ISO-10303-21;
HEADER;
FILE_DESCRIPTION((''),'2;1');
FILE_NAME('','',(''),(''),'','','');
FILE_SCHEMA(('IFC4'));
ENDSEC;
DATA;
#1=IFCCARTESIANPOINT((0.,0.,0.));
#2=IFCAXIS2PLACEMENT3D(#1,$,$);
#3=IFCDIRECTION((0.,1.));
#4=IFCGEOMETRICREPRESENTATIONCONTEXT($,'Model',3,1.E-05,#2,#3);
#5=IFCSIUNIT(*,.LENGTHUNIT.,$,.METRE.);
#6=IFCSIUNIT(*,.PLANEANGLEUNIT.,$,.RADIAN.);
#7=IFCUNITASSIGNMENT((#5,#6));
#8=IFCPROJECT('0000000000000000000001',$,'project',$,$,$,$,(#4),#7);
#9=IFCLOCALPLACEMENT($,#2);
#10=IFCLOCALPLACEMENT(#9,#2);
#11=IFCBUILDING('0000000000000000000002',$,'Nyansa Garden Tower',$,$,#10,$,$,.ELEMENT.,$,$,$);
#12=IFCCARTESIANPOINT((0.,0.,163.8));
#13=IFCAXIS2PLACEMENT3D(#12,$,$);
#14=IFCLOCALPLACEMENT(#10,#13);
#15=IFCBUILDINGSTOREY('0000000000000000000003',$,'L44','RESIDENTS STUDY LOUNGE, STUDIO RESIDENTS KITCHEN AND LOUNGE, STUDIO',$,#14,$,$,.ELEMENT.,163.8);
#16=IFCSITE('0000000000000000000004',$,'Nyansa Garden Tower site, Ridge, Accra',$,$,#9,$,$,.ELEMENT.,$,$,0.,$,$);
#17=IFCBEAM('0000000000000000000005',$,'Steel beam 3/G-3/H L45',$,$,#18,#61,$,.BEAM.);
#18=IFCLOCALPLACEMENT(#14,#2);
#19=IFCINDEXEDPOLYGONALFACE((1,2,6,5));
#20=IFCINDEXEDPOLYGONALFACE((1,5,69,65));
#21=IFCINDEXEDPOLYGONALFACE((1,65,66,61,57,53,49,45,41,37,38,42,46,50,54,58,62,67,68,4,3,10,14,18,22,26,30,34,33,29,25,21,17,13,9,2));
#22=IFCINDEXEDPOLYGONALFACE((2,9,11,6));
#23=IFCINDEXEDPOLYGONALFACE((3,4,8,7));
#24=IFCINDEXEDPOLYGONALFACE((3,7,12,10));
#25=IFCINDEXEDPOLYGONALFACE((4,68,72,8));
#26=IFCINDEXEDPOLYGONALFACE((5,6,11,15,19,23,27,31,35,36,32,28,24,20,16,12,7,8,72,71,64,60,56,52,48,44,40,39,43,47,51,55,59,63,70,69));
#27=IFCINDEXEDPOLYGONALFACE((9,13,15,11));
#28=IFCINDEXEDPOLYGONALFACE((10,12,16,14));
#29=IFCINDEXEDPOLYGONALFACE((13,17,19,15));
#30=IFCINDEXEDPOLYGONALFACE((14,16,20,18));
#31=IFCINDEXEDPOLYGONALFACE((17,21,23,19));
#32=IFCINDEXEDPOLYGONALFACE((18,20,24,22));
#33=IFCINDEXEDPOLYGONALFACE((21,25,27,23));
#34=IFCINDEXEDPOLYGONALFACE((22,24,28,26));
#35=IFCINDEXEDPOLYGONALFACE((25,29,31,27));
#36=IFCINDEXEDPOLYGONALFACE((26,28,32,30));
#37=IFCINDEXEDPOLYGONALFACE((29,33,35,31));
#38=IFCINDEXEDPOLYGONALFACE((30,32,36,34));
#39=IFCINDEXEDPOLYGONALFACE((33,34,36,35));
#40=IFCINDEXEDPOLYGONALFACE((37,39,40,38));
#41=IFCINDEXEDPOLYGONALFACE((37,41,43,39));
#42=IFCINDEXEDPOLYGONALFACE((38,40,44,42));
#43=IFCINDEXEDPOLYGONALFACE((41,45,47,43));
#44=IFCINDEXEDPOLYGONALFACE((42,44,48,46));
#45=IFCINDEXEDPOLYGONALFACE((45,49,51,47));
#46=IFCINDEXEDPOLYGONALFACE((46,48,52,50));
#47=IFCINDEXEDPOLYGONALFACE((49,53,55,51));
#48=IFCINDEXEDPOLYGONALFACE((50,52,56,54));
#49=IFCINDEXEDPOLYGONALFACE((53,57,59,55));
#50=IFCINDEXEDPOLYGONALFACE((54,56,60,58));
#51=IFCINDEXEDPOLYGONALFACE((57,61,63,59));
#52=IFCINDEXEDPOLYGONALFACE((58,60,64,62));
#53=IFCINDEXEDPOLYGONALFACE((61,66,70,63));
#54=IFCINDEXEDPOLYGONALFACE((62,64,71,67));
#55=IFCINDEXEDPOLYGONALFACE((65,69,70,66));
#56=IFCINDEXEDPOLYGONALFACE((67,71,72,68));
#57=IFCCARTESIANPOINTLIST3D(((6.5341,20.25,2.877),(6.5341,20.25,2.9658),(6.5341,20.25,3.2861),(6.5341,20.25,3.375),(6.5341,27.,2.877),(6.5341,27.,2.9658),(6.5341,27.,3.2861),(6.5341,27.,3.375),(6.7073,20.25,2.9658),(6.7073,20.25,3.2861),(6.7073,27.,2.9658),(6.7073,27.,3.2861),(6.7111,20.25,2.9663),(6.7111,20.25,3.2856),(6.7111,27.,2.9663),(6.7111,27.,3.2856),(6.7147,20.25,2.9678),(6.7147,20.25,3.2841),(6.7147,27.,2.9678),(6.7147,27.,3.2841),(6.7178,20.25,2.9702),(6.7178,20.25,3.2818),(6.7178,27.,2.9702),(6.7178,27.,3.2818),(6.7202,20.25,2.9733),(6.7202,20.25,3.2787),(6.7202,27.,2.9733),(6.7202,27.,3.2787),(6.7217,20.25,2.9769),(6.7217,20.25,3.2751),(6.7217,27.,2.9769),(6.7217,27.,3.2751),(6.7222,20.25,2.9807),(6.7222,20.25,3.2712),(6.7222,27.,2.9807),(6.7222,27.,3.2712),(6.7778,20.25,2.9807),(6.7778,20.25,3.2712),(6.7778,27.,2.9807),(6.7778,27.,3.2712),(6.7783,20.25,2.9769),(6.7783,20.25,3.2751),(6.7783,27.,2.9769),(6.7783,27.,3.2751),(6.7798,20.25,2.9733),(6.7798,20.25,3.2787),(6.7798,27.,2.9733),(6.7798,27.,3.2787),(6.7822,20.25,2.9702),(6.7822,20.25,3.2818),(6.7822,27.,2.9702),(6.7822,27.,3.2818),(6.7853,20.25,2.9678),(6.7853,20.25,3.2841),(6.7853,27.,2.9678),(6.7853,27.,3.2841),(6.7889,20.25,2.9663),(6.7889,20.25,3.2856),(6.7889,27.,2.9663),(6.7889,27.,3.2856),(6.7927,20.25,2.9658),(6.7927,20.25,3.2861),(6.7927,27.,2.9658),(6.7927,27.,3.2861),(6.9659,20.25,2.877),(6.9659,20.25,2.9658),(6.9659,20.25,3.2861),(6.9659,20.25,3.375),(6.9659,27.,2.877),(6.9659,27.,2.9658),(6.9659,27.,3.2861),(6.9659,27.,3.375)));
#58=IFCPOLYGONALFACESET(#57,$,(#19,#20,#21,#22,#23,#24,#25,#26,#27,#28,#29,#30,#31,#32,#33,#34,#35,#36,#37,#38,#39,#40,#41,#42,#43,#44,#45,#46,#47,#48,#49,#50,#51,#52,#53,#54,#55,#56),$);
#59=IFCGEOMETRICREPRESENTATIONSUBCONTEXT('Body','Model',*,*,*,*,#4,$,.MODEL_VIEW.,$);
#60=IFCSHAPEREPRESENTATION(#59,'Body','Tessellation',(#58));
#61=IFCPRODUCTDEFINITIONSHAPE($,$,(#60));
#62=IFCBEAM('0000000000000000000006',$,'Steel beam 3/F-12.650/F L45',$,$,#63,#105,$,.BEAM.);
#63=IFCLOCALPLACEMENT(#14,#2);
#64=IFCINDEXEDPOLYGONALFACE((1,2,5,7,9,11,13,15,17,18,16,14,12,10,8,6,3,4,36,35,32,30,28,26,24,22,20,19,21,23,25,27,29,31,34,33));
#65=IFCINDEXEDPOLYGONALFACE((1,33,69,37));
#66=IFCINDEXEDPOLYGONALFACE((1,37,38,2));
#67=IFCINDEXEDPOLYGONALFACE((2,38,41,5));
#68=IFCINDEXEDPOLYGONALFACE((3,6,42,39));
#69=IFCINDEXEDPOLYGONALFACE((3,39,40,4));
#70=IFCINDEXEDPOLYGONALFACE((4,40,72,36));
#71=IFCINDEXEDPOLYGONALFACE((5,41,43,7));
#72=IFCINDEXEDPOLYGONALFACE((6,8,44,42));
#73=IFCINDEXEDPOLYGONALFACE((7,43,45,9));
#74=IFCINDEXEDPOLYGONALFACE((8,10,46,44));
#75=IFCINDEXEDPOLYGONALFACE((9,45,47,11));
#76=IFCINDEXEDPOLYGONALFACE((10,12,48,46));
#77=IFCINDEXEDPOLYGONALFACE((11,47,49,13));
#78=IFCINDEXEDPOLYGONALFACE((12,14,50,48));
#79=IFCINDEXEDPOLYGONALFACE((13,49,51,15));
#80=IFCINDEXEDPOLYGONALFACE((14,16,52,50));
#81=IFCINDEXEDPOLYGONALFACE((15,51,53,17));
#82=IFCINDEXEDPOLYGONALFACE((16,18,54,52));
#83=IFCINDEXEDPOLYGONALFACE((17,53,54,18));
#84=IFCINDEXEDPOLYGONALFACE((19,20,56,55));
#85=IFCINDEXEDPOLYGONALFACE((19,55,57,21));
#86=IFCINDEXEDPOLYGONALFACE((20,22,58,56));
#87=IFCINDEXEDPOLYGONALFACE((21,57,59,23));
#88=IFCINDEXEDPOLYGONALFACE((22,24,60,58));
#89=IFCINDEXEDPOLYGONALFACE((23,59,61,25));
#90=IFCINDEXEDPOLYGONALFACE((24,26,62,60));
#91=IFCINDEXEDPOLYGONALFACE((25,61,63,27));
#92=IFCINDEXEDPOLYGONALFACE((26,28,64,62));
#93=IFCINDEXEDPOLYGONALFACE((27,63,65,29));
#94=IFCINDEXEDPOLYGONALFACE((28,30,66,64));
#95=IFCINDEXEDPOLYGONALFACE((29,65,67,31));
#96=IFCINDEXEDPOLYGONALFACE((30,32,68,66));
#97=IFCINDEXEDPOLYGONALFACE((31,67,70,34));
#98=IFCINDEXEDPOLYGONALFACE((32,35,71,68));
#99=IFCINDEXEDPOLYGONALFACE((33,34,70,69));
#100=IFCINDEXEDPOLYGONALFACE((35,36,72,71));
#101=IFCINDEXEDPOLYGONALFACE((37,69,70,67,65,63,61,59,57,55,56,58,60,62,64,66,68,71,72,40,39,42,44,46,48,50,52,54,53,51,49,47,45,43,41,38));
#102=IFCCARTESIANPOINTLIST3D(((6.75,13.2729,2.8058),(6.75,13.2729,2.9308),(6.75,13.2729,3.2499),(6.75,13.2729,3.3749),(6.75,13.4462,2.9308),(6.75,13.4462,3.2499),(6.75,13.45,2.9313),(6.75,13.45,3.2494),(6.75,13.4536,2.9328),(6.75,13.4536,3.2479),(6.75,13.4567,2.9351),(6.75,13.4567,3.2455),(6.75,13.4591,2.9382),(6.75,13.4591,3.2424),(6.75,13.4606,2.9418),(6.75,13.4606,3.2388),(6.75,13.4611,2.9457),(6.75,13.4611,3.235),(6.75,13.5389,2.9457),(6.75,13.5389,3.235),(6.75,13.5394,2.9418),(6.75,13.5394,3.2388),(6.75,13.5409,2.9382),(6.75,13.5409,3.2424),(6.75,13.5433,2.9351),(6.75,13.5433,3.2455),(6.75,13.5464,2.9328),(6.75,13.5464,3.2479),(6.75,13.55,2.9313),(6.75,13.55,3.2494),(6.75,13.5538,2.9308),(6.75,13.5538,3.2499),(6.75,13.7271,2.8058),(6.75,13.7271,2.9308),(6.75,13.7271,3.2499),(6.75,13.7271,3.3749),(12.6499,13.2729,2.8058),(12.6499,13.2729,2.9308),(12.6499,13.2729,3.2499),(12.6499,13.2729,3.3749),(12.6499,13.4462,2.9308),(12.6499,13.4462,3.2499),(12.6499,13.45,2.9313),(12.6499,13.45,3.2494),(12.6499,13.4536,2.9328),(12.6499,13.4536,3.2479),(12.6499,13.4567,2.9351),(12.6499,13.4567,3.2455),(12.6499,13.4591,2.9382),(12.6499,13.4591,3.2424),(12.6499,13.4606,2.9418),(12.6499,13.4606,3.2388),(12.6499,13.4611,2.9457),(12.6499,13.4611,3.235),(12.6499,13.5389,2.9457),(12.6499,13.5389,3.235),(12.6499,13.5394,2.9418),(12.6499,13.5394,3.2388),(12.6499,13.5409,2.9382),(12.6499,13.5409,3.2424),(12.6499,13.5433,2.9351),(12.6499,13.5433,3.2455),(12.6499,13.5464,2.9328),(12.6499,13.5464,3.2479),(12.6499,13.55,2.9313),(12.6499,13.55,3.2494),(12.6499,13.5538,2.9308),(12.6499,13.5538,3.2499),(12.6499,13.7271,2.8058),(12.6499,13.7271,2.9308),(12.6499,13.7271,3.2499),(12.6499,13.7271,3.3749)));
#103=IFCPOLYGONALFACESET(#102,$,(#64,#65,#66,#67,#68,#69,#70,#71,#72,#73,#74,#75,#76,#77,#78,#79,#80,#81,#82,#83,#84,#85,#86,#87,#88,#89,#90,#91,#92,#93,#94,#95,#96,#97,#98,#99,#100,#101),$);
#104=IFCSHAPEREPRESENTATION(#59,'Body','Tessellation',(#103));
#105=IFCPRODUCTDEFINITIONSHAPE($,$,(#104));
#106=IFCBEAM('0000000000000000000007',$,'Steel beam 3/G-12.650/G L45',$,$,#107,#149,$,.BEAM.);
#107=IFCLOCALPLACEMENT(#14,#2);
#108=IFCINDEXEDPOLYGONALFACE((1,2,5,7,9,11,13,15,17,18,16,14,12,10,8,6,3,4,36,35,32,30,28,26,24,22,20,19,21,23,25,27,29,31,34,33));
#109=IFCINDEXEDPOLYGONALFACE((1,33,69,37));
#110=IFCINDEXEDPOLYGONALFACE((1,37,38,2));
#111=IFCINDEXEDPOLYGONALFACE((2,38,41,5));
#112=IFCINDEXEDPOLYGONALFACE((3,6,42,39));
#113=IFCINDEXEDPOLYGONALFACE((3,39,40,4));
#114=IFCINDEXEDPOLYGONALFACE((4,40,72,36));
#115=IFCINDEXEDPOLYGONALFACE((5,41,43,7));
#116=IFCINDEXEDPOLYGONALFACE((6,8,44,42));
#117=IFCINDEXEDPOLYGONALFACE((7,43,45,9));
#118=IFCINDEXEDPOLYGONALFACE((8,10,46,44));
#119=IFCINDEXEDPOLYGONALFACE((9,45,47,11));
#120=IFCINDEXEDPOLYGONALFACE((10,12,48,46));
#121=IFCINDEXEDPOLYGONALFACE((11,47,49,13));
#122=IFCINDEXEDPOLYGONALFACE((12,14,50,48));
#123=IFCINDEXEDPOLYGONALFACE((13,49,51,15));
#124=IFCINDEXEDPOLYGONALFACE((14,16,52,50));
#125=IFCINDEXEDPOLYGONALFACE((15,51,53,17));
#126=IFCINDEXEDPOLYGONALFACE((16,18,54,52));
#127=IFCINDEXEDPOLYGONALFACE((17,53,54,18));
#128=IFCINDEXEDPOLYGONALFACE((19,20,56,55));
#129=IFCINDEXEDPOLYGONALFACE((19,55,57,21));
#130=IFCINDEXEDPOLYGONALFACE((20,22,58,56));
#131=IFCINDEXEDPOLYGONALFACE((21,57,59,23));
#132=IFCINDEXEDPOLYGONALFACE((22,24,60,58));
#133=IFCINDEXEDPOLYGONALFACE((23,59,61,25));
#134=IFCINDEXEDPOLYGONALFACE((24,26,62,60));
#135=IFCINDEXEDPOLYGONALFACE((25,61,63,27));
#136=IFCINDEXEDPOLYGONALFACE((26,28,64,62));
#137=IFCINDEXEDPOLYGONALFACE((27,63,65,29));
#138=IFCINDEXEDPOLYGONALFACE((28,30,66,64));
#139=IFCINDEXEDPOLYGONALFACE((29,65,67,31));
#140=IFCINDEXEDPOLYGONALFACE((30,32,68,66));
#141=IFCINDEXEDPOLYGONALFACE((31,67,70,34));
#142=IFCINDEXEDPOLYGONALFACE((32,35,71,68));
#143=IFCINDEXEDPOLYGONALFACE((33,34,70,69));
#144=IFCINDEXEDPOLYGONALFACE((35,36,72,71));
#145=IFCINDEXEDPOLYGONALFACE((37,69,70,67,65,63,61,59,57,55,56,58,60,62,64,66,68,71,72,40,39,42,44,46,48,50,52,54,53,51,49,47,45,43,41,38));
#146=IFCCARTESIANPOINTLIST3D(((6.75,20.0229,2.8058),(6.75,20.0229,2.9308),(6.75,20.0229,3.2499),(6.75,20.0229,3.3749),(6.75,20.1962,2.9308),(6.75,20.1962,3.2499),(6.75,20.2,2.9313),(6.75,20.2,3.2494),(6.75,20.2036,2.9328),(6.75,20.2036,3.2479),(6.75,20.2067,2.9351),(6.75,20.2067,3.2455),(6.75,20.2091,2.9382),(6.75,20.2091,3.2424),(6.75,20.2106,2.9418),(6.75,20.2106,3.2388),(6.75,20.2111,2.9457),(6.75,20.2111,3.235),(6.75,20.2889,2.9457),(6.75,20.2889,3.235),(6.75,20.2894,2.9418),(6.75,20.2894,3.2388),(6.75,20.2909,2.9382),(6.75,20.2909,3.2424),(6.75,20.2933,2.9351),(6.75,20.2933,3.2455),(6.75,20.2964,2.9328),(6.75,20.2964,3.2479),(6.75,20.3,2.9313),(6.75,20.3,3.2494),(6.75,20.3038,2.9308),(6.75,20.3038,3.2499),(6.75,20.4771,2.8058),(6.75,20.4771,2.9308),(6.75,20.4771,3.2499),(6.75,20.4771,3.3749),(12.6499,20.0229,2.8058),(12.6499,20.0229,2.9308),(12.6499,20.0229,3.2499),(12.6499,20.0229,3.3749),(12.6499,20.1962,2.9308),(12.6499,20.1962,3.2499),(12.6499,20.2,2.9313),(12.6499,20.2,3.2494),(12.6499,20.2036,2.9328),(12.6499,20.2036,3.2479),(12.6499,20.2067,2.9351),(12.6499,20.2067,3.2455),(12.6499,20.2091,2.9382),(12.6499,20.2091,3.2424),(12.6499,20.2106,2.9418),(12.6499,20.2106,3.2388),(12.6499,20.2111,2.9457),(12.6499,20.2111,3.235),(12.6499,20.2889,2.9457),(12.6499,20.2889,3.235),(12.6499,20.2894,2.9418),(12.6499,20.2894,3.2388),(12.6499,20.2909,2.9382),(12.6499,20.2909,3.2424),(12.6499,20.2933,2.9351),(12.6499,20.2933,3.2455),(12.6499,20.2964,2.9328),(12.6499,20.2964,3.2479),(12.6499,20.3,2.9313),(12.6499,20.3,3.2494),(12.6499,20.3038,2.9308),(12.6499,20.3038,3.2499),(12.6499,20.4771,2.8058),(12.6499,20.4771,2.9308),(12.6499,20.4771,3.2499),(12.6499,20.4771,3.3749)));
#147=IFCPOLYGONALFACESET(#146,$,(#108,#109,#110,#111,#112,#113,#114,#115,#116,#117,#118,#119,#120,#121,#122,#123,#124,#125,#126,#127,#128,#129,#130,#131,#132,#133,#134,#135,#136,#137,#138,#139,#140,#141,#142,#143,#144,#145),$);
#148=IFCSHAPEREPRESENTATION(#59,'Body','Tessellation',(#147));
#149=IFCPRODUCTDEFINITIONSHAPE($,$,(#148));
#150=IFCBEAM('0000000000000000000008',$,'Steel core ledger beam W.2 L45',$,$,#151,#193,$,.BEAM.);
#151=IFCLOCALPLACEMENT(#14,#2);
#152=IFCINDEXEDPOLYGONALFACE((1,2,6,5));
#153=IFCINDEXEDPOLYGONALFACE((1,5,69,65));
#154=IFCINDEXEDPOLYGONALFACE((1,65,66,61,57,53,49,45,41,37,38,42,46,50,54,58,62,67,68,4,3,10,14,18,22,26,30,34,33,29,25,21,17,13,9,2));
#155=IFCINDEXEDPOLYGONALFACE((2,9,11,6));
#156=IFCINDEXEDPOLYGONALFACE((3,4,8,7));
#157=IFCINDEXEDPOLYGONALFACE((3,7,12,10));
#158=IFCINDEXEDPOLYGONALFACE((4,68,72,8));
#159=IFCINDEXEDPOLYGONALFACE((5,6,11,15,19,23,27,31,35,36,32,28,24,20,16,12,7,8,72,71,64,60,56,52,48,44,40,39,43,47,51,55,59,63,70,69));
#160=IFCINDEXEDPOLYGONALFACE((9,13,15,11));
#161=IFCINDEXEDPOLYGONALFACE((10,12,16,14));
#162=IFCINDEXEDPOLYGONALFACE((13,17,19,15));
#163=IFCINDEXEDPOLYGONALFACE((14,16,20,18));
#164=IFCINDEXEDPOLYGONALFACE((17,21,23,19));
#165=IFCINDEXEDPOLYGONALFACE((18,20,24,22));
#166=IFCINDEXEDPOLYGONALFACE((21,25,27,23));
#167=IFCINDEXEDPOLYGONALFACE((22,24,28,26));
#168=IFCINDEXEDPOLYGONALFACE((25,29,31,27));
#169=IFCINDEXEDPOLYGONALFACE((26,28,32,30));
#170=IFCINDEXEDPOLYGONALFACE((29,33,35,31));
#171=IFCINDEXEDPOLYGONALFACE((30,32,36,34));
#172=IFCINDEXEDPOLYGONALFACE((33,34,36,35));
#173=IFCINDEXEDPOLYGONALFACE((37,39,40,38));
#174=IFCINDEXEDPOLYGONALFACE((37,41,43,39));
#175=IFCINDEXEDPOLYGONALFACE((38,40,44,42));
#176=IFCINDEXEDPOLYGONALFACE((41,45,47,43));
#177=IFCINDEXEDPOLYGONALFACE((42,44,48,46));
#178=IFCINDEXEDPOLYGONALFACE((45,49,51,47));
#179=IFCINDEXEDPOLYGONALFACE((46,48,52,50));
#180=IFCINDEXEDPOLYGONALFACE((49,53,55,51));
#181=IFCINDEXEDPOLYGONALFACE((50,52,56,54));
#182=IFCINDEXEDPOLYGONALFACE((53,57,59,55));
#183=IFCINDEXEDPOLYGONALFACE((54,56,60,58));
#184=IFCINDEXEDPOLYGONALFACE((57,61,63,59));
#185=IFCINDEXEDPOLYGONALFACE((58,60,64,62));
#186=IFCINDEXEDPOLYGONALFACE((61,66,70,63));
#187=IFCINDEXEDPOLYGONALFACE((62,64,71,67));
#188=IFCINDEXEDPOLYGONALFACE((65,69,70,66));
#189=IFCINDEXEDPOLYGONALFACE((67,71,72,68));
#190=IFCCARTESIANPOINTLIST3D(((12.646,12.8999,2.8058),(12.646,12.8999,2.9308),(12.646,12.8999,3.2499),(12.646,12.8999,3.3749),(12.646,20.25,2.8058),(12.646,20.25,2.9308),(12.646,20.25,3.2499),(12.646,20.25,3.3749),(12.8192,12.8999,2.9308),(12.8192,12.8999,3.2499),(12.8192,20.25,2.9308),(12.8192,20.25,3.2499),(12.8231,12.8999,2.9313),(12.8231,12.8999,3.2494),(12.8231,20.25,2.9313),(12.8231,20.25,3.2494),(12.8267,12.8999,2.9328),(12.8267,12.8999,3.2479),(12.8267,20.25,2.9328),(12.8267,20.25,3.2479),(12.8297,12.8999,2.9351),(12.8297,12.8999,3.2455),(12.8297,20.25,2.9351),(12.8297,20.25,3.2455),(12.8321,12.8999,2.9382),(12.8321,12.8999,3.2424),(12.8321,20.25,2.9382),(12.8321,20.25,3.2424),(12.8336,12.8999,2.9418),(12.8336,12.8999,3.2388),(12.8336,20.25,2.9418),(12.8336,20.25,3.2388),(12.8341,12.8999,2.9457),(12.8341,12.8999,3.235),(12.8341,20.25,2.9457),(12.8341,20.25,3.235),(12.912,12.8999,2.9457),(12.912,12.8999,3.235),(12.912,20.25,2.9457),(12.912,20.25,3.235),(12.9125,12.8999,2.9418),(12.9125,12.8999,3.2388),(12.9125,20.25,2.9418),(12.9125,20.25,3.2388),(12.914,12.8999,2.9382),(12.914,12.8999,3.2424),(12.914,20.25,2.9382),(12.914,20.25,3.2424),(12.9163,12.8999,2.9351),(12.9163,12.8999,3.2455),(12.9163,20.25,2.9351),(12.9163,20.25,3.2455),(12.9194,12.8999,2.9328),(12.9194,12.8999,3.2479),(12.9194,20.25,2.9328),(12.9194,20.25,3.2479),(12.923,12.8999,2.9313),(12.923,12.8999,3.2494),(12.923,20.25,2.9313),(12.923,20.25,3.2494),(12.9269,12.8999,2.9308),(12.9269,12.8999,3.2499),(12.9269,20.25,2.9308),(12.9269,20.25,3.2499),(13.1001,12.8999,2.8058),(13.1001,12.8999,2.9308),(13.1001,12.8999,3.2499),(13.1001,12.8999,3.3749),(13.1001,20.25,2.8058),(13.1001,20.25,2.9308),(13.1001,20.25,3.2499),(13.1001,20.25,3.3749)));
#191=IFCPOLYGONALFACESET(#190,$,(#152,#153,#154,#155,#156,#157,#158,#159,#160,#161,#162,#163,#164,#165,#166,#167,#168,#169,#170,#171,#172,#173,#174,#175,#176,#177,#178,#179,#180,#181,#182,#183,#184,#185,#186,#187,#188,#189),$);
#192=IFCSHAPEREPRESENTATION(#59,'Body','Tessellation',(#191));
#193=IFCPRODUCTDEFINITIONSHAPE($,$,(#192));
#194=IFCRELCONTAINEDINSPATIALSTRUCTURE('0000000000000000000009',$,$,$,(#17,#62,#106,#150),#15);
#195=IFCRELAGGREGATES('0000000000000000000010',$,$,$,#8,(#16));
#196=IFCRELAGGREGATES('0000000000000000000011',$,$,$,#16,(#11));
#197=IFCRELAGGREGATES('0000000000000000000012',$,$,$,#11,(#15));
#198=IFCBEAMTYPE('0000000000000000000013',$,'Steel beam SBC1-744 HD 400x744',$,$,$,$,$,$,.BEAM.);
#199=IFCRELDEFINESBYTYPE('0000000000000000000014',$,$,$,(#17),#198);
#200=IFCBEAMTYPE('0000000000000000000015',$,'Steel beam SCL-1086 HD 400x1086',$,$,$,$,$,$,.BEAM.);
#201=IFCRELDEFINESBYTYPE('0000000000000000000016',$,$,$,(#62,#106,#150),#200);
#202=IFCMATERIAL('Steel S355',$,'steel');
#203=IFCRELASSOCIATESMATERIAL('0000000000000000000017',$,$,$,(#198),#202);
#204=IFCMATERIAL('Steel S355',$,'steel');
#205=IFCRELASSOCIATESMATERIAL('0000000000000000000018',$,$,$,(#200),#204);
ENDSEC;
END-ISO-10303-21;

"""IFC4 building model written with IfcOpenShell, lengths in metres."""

from ifc_helpers import new_model, si_unit, direction, frame, origin, origin_2d, place, context, subcontext, project, spatial, i_section, extrude, material, material_profile, profile_set, type_object, element, save


model = new_model("IFC4")

# Units and contexts
model_context = context("Model", 3, precision=1e-05, world=origin(), true_north=direction((0.0, 1.0)))
body_context = subcontext(model_context, "Body", "Model", "MODEL_VIEW")
ifc_project = project(units=[si_unit("LENGTHUNIT", "METRE"), si_unit("PLANEANGLEUNIT", "RADIAN")], contexts=[model_context])

# Site, building, storey
site_placement = place(None, origin())
site = spatial("IfcSite", under=ifc_project, at=site_placement, Name="Nyansa Garden Tower site, Ridge, Accra", CompositionType="ELEMENT", RefElevation=0.0)
building_placement = place(site_placement, origin())
building = spatial("IfcBuilding", under=site, at=building_placement, Name="Nyansa Garden Tower", CompositionType="ELEMENT")
storey_placement = place(building_placement, frame((0.0, 0.0, 163.8)))
storey = spatial("IfcBuildingStorey", under=building, at=storey_placement, Name="L44", Description="RESIDENTS STUDY LOUNGE, STUDIO RESIDENTS KITCHEN AND LOUNGE, STUDIO", CompositionType="ELEMENT", Elevation=163.8)

# Beams
ifc_material_1 = material(Name="Steel S355", Category="steel")
ifc_material_profile_1 = material_profile(ifc_material_1, i_section(OverallWidth=0.4319, OverallDepth=0.498, WebThickness=0.0557, FlangeThickness=0.0889, FilletRadius=0.0149, at=origin_2d()), Name="HD 400x744")
ifc_profile_set_1 = profile_set([ifc_material_profile_1], Name="Steel S355")
beam_type_1 = type_object("IfcBeamType", Name="Steel beam SBC1-744 HD 400x744", PredefinedType="BEAM", material=ifc_profile_set_1)
for number, where, z_axis, x_axis, name in (
    (1, (6.75, 20.25, 3.126), (0.0, 1.0, 0.0), (-1.0, 0.0, 0.0), "Steel beam 3/G-3/H L45"),
):
    element("IfcBeam", number, at=place(storey_placement, frame(where, z_axis=z_axis, x_axis=x_axis)), inside=storey, type_object=beam_type_1, Name=name, PredefinedType="BEAM", context=body_context, shape_type="SweptSolid", body=[
        extrude(i_section(OverallWidth=0.4319, OverallDepth=0.498, WebThickness=0.0557, FlangeThickness=0.0889, FilletRadius=0.0149, at=origin_2d()), origin(), (0.0, 0.0, 1.0), 6.75),
    ])
ifc_material_2 = material(Name="Steel S355", Category="steel")
ifc_material_profile_2 = material_profile(ifc_material_2, i_section(OverallWidth=0.4541, OverallDepth=0.5691, WebThickness=0.0779, FlangeThickness=0.125, FilletRadius=0.0149, at=origin_2d()), Name="HD 400x1086")
ifc_profile_set_2 = profile_set([ifc_material_profile_2], Name="Steel S355")
beam_type_2 = type_object("IfcBeamType", Name="Steel beam SCL-1086 HD 400x1086", PredefinedType="BEAM", material=ifc_profile_set_2)
for number, where, z_axis, x_axis, name in (
    (2, (6.75, 13.5, 3.0903), (1.0, 0.0, 0.0), (0.0, 1.0, 0.0), "Steel beam 3/F-12.650/F L45"),
    (3, (6.75, 20.25, 3.0903), (1.0, 0.0, 0.0), (0.0, 1.0, 0.0), "Steel beam 3/G-12.650/G L45"),
):
    element("IfcBeam", number, at=place(storey_placement, frame(where, z_axis=z_axis, x_axis=x_axis)), inside=storey, type_object=beam_type_2, Name=name, PredefinedType="BEAM", context=body_context, shape_type="SweptSolid", body=[
        extrude(i_section(OverallWidth=0.4541, OverallDepth=0.5691, WebThickness=0.0779, FlangeThickness=0.125, FilletRadius=0.0149, at=origin_2d()), origin(), (0.0, 0.0, 1.0), 5.8999),
    ])
beam_placement = place(storey_placement, frame((12.873, 20.25, 3.0903), z_axis=(0.0, -1.0, 0.0), x_axis=(1.0, 0.0, 0.0)))
element("IfcBeam", 4, at=beam_placement, inside=storey, type_object=beam_type_2, Name="Steel core ledger beam W.2 L45", PredefinedType="BEAM", context=body_context, shape_type="SweptSolid", body=[
    extrude(i_section(OverallWidth=0.4541, OverallDepth=0.5691, WebThickness=0.0779, FlangeThickness=0.125, FilletRadius=0.0149, at=origin_2d()), origin(), (0.0, 0.0, 1.0), 7.3501),
])

save(model, "model.ifc")
